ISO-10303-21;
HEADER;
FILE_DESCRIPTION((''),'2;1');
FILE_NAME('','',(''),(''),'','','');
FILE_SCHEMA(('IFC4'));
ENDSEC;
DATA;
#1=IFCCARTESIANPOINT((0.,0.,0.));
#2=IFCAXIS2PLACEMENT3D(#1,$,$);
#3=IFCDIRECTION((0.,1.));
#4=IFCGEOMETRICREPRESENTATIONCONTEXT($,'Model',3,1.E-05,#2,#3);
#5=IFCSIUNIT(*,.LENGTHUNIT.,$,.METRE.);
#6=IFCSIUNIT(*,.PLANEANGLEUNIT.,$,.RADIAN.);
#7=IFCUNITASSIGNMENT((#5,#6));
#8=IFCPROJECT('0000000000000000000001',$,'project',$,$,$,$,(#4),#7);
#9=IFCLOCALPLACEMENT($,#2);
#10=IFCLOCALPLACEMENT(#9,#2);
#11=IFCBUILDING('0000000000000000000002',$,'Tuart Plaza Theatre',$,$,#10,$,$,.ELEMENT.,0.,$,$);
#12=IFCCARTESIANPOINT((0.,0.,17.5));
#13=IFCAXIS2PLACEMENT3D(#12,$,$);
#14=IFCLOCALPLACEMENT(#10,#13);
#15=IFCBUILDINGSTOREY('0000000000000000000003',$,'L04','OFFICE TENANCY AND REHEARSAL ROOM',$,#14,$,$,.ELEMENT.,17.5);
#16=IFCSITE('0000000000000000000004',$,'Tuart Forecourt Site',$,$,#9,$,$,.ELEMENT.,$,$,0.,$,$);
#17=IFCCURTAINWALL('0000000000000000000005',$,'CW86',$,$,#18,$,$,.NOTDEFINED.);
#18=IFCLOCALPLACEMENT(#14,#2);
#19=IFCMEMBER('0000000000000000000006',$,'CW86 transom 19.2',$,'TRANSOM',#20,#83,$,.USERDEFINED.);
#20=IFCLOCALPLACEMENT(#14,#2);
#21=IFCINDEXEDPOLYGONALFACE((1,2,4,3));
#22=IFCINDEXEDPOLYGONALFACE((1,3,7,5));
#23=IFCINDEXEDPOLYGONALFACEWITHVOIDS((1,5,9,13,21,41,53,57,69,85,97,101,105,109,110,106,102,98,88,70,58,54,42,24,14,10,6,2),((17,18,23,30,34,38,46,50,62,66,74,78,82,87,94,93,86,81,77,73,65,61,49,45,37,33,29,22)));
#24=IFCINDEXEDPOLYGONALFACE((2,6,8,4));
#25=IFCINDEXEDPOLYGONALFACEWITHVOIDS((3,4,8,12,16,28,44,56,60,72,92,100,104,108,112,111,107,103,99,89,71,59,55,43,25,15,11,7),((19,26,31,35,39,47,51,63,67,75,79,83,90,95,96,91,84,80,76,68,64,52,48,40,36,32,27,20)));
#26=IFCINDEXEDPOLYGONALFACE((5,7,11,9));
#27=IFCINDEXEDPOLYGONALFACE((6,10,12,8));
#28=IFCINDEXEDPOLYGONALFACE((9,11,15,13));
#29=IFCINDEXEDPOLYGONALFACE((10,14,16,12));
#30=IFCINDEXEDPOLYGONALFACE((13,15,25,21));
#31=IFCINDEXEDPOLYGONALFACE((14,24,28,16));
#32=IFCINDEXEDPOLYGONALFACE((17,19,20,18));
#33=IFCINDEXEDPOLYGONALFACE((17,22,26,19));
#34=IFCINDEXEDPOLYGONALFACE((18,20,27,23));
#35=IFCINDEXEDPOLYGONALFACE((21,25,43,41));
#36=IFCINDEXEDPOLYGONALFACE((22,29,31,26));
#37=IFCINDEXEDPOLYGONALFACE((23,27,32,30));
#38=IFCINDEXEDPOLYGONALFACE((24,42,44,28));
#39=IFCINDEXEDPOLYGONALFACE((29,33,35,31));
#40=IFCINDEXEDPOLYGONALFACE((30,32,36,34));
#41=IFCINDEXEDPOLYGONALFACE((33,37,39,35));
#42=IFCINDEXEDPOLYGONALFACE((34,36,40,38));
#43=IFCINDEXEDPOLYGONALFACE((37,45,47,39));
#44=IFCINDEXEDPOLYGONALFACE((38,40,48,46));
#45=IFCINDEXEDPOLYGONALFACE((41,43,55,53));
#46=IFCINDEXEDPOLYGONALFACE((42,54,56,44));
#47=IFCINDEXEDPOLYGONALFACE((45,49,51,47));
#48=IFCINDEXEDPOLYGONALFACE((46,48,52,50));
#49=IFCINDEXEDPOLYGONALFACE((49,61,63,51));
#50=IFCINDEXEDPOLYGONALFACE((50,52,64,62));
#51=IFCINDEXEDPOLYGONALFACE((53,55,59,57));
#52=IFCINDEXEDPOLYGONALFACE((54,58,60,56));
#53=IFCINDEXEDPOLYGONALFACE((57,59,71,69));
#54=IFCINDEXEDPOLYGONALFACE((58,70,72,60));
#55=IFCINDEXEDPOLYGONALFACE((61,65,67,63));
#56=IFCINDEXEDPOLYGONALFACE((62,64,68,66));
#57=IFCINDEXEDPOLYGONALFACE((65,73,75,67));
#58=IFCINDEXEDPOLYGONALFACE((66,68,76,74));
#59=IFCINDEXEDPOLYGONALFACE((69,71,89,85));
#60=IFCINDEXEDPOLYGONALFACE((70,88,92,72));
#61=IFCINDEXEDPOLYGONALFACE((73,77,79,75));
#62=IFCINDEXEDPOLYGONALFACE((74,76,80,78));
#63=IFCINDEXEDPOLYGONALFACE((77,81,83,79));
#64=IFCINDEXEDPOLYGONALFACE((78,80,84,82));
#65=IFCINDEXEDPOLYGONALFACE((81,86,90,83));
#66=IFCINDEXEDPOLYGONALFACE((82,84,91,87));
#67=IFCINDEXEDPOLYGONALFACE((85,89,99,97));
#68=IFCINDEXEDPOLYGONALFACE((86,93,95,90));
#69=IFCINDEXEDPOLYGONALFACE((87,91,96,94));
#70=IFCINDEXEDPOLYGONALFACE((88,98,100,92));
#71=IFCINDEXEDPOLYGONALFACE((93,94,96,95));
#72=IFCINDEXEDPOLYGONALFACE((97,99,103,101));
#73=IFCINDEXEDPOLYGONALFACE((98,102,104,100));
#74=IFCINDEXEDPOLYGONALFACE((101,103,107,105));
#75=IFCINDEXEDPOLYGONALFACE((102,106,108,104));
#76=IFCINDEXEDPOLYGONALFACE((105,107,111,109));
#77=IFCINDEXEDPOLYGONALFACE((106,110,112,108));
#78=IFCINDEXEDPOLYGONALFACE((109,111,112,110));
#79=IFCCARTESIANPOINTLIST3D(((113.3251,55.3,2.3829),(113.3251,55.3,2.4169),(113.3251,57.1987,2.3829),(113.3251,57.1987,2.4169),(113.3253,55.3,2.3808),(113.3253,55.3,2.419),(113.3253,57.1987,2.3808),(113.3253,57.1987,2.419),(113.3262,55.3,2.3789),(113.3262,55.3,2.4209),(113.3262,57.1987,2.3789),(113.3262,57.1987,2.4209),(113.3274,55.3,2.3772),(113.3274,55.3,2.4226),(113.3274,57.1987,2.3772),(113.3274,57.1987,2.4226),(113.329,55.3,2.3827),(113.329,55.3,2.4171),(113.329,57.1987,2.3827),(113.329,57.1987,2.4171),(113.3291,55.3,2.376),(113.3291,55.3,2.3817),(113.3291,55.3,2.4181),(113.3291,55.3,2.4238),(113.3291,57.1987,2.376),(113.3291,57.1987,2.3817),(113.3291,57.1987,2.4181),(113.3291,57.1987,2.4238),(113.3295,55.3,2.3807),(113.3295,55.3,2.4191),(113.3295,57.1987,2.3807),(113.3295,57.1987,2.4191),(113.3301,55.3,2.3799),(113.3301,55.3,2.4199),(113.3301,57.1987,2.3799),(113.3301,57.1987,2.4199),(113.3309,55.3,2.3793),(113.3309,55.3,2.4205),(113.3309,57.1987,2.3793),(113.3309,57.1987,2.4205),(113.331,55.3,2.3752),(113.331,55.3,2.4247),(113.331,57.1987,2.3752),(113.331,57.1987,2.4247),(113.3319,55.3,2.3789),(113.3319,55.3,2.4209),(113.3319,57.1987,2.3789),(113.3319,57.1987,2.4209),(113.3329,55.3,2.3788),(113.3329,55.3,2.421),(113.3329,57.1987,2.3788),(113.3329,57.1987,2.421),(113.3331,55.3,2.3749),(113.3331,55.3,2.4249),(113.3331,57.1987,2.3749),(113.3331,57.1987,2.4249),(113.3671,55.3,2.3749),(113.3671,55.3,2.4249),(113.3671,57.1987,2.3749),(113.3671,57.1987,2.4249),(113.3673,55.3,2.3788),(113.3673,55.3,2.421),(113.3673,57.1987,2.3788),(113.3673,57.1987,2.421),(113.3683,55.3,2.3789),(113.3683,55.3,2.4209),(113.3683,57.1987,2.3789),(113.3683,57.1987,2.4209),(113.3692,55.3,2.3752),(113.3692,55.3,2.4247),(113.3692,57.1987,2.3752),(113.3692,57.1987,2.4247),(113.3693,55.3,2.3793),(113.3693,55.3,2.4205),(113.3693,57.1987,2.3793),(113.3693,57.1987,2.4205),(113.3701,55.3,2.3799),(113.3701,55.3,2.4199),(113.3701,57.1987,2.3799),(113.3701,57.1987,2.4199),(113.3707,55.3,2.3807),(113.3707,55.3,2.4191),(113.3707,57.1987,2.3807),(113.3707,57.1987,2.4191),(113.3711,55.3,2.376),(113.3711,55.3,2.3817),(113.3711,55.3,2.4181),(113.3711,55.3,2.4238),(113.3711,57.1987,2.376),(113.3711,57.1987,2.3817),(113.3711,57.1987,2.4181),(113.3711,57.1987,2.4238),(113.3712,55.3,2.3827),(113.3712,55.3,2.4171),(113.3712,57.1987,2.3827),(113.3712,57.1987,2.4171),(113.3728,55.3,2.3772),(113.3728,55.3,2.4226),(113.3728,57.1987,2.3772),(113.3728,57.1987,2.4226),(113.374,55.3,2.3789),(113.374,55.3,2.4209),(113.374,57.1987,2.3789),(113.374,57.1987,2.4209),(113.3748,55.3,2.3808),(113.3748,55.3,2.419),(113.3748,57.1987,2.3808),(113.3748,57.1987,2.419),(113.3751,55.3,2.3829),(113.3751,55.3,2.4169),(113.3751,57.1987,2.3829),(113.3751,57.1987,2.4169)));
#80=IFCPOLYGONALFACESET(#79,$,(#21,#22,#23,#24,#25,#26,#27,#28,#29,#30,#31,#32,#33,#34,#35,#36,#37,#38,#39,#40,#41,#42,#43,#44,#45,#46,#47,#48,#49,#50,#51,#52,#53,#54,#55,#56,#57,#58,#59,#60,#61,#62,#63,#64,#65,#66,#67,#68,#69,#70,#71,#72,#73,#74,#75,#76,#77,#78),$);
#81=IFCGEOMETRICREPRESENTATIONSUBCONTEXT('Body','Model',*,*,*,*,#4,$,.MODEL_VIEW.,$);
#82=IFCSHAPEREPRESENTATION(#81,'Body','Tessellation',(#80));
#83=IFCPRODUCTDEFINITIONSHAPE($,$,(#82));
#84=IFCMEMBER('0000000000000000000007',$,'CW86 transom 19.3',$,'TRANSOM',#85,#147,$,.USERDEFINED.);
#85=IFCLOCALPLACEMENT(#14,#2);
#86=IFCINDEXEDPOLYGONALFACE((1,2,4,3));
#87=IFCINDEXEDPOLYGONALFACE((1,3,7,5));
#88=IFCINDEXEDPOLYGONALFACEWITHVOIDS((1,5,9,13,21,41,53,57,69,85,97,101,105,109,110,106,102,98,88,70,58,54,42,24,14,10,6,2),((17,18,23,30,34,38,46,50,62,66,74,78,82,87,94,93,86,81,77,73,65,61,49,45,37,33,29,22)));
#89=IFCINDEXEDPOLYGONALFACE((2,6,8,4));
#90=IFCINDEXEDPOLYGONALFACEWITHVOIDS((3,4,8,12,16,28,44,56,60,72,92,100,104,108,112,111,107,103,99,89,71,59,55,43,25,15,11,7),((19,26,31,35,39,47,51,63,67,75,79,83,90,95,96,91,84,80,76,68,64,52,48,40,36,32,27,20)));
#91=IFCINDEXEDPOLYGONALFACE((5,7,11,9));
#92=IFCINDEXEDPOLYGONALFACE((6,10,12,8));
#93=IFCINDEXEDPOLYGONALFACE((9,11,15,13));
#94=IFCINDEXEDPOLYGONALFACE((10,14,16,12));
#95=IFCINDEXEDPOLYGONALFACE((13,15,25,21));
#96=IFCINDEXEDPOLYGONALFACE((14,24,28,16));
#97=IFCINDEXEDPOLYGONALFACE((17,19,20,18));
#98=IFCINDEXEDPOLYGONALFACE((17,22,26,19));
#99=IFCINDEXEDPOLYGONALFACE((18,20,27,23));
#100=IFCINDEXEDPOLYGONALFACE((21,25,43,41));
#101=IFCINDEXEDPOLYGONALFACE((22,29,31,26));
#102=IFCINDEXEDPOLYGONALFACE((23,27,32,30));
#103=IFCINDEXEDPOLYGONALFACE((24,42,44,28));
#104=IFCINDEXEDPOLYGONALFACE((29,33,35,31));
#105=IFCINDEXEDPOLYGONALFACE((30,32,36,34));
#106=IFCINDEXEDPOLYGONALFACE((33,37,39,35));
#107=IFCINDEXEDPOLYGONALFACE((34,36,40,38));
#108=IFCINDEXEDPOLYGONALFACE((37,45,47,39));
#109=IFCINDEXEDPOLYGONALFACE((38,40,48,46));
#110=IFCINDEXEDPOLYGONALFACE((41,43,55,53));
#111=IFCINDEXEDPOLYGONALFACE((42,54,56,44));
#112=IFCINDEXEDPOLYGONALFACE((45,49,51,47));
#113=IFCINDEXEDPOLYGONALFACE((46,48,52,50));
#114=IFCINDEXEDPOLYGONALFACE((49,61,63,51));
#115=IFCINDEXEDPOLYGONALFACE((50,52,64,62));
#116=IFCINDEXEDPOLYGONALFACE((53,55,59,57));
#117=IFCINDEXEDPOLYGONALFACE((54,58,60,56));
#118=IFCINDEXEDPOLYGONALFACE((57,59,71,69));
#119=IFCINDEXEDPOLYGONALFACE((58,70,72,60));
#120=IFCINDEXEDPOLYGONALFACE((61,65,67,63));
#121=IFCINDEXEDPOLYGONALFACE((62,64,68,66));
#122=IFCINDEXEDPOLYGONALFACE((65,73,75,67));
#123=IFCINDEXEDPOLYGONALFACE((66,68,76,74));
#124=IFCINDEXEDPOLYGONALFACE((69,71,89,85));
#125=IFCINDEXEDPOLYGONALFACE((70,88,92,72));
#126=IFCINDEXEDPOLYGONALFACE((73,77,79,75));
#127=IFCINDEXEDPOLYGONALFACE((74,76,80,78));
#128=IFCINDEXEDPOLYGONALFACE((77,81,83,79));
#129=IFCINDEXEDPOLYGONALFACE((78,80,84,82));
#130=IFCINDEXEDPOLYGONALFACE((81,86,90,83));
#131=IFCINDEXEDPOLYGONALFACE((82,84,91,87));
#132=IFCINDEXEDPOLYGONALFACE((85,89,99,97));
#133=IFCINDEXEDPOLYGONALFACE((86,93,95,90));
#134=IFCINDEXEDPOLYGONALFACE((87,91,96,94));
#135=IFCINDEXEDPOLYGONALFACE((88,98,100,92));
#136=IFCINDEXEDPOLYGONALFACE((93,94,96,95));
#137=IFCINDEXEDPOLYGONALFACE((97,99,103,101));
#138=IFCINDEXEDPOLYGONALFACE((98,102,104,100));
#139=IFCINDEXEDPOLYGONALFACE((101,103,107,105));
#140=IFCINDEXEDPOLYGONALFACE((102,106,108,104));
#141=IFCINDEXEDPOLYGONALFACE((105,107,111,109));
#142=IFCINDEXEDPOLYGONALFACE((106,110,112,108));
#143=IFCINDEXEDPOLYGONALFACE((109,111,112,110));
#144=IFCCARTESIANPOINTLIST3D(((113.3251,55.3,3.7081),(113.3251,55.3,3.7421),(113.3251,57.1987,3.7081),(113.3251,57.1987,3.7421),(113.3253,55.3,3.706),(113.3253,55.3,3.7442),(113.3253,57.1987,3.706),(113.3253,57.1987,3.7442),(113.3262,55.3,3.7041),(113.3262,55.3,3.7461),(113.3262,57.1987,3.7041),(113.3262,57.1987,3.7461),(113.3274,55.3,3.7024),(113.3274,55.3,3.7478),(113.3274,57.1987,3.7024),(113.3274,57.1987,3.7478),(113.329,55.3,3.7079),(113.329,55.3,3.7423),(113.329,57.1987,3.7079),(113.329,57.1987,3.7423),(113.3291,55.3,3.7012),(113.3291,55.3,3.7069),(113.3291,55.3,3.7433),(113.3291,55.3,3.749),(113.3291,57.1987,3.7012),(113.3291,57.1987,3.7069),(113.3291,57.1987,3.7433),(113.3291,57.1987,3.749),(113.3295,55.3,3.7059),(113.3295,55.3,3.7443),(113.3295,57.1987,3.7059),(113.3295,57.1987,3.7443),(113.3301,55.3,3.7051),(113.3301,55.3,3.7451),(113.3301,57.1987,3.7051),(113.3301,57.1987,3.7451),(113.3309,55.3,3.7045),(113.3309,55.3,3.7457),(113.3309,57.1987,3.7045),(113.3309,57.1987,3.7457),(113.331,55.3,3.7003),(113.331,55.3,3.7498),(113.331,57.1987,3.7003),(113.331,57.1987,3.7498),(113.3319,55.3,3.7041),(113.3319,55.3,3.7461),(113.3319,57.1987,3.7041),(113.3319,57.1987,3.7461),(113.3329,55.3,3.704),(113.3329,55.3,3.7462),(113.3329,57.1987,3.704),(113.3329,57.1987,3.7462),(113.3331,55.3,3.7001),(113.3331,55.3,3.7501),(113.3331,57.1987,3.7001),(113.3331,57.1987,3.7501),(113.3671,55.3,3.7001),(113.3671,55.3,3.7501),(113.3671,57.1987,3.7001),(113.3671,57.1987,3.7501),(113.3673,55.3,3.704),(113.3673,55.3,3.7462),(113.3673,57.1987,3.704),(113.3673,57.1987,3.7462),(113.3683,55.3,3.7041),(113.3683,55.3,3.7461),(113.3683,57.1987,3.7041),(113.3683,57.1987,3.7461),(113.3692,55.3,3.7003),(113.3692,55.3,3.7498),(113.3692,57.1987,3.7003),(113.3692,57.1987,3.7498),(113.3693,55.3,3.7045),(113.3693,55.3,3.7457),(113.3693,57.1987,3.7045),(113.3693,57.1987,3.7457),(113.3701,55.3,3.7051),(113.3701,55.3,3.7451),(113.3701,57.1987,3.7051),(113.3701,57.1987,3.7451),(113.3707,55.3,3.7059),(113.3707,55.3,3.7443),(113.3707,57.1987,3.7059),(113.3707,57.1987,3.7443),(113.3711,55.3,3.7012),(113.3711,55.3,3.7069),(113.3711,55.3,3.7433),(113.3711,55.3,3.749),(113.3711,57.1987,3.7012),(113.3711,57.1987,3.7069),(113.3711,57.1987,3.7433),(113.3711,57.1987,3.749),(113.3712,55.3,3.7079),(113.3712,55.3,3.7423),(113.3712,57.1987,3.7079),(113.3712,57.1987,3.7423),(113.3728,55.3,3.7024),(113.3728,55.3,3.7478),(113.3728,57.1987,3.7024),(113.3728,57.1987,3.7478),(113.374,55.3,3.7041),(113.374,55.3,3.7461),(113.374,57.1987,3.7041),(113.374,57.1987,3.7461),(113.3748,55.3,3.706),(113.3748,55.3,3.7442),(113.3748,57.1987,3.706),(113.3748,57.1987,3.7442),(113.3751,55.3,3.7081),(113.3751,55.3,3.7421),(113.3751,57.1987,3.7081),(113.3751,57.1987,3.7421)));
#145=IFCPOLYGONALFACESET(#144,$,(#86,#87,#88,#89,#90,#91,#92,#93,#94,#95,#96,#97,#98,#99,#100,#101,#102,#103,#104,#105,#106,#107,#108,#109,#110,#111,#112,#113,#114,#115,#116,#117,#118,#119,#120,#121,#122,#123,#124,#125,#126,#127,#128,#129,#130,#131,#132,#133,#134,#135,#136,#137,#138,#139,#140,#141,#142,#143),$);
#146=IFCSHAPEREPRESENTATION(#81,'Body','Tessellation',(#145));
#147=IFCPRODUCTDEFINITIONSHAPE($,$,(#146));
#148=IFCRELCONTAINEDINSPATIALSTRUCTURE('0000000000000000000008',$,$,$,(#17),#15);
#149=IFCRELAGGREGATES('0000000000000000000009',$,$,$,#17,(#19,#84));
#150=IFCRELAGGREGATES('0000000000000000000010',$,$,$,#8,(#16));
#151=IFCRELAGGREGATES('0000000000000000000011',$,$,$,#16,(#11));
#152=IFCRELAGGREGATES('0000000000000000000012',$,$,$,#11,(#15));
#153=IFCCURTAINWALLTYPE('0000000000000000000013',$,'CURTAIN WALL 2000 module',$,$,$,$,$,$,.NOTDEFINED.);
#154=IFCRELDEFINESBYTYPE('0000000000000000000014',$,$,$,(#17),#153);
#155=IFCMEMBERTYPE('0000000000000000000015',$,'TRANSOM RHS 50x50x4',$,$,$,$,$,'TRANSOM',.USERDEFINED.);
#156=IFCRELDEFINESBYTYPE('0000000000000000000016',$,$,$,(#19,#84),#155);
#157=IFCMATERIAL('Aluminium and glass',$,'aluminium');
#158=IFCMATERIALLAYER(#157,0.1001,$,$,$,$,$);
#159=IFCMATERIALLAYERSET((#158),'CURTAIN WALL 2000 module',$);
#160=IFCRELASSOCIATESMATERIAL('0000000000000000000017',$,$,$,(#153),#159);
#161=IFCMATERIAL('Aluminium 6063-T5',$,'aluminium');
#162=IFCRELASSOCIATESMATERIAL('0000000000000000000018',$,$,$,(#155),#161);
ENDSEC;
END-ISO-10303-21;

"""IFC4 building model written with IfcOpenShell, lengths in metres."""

from ifc_helpers import new_model, si_unit, direction, frame, origin, origin_2d, place, context, subcontext, project, spatial, hollow_rectangle, extrude, material, layer, layer_set, material_profile, profile_set, type_object, element, aggregate, save


model = new_model("IFC4")

# Units and contexts
model_context = context("Model", 3, precision=1e-05, world=origin(), true_north=direction((0.0, 1.0)))
body_context = subcontext(model_context, "Body", "Model", "MODEL_VIEW")
ifc_project = project(units=[si_unit("LENGTHUNIT", "METRE"), si_unit("PLANEANGLEUNIT", "RADIAN")], contexts=[model_context])

# Site, building, storey
site_placement = place(None, origin())
site = spatial("IfcSite", under=ifc_project, at=site_placement, Name="Tuart Forecourt Site", CompositionType="ELEMENT", RefElevation=0.0)
building_placement = place(site_placement, origin())
building = spatial("IfcBuilding", under=site, at=building_placement, Name="Tuart Plaza Theatre", CompositionType="ELEMENT", ElevationOfRefHeight=0.0)
storey_placement = place(building_placement, frame((0.0, 0.0, 17.5)))
storey = spatial("IfcBuildingStorey", under=building, at=storey_placement, Name="L04", Description="OFFICE TENANCY AND REHEARSAL ROOM", CompositionType="ELEMENT", Elevation=17.5)

# Shared definitions
ifc_material_1 = material(Name="Aluminium and glass", Category="aluminium")
ifc_layer_1 = layer(ifc_material_1, 0.1001)
ifc_layer_set_1 = layer_set([ifc_layer_1], Name="CURTAIN WALL 2000 module")
curtain_wall_type = type_object("IfcCurtainWallType", Name="CURTAIN WALL 2000 module", PredefinedType="NOTDEFINED", material=ifc_layer_set_1)

# Curtain wall, members
curtain_wall_1_placement = place(storey_placement, origin())
curtain_wall_1 = element("IfcCurtainWall", 1, at=curtain_wall_1_placement, inside=storey, type_object=curtain_wall_type, Name="CW86", PredefinedType="NOTDEFINED")
ifc_material_2 = material(Name="Aluminium 6063-T5", Category="aluminium")
ifc_material_profile_1 = material_profile(ifc_material_2, hollow_rectangle(XDim=0.05, YDim=0.05, WallThickness=0.0039, InnerFilletRadius=0.0039, OuterFilletRadius=0.0081, at=origin_2d()), Name="RHS 50x50x4")
ifc_profile_set_1 = profile_set([ifc_material_profile_1], Name="Aluminium 6063-T5")
member_type_1 = type_object("IfcMemberType", Name="TRANSOM RHS 50x50x4", ElementType="TRANSOM", PredefinedType="USERDEFINED", material=ifc_profile_set_1)
member_1_placement = place(storey_placement, frame((113.3501, 57.1987, 2.3999), z_axis=(0.0, -1.0, 0.0), x_axis=(1.0, 0.0, 0.0)))
member_1 = element("IfcMember", 2, at=member_1_placement, type_object=member_type_1, Name="CW86 transom 19.2", ObjectType="TRANSOM", PredefinedType="USERDEFINED", context=body_context, shape_type="SweptSolid", body=[
    extrude(hollow_rectangle(XDim=0.05, YDim=0.05, WallThickness=0.0039, InnerFilletRadius=0.0039, OuterFilletRadius=0.0081, at=origin_2d()), origin(), (0.0, 0.0, 1.0), 1.8987),
])
member_2_placement = place(storey_placement, frame((113.3501, 57.1987, 3.7251), z_axis=(0.0, -1.0, 0.0), x_axis=(1.0, 0.0, 0.0)))
member_2 = element("IfcMember", 3, at=member_2_placement, type_object=member_type_1, Name="CW86 transom 19.3", ObjectType="TRANSOM", PredefinedType="USERDEFINED", context=body_context, shape_type="SweptSolid", body=[
    extrude(hollow_rectangle(XDim=0.05, YDim=0.05, WallThickness=0.0039, InnerFilletRadius=0.0039, OuterFilletRadius=0.0081, at=origin_2d()), origin(), (0.0, 0.0, 1.0), 1.8987),
])

aggregate(curtain_wall_1, [member_1, member_2])

save(model, "model.ifc")
